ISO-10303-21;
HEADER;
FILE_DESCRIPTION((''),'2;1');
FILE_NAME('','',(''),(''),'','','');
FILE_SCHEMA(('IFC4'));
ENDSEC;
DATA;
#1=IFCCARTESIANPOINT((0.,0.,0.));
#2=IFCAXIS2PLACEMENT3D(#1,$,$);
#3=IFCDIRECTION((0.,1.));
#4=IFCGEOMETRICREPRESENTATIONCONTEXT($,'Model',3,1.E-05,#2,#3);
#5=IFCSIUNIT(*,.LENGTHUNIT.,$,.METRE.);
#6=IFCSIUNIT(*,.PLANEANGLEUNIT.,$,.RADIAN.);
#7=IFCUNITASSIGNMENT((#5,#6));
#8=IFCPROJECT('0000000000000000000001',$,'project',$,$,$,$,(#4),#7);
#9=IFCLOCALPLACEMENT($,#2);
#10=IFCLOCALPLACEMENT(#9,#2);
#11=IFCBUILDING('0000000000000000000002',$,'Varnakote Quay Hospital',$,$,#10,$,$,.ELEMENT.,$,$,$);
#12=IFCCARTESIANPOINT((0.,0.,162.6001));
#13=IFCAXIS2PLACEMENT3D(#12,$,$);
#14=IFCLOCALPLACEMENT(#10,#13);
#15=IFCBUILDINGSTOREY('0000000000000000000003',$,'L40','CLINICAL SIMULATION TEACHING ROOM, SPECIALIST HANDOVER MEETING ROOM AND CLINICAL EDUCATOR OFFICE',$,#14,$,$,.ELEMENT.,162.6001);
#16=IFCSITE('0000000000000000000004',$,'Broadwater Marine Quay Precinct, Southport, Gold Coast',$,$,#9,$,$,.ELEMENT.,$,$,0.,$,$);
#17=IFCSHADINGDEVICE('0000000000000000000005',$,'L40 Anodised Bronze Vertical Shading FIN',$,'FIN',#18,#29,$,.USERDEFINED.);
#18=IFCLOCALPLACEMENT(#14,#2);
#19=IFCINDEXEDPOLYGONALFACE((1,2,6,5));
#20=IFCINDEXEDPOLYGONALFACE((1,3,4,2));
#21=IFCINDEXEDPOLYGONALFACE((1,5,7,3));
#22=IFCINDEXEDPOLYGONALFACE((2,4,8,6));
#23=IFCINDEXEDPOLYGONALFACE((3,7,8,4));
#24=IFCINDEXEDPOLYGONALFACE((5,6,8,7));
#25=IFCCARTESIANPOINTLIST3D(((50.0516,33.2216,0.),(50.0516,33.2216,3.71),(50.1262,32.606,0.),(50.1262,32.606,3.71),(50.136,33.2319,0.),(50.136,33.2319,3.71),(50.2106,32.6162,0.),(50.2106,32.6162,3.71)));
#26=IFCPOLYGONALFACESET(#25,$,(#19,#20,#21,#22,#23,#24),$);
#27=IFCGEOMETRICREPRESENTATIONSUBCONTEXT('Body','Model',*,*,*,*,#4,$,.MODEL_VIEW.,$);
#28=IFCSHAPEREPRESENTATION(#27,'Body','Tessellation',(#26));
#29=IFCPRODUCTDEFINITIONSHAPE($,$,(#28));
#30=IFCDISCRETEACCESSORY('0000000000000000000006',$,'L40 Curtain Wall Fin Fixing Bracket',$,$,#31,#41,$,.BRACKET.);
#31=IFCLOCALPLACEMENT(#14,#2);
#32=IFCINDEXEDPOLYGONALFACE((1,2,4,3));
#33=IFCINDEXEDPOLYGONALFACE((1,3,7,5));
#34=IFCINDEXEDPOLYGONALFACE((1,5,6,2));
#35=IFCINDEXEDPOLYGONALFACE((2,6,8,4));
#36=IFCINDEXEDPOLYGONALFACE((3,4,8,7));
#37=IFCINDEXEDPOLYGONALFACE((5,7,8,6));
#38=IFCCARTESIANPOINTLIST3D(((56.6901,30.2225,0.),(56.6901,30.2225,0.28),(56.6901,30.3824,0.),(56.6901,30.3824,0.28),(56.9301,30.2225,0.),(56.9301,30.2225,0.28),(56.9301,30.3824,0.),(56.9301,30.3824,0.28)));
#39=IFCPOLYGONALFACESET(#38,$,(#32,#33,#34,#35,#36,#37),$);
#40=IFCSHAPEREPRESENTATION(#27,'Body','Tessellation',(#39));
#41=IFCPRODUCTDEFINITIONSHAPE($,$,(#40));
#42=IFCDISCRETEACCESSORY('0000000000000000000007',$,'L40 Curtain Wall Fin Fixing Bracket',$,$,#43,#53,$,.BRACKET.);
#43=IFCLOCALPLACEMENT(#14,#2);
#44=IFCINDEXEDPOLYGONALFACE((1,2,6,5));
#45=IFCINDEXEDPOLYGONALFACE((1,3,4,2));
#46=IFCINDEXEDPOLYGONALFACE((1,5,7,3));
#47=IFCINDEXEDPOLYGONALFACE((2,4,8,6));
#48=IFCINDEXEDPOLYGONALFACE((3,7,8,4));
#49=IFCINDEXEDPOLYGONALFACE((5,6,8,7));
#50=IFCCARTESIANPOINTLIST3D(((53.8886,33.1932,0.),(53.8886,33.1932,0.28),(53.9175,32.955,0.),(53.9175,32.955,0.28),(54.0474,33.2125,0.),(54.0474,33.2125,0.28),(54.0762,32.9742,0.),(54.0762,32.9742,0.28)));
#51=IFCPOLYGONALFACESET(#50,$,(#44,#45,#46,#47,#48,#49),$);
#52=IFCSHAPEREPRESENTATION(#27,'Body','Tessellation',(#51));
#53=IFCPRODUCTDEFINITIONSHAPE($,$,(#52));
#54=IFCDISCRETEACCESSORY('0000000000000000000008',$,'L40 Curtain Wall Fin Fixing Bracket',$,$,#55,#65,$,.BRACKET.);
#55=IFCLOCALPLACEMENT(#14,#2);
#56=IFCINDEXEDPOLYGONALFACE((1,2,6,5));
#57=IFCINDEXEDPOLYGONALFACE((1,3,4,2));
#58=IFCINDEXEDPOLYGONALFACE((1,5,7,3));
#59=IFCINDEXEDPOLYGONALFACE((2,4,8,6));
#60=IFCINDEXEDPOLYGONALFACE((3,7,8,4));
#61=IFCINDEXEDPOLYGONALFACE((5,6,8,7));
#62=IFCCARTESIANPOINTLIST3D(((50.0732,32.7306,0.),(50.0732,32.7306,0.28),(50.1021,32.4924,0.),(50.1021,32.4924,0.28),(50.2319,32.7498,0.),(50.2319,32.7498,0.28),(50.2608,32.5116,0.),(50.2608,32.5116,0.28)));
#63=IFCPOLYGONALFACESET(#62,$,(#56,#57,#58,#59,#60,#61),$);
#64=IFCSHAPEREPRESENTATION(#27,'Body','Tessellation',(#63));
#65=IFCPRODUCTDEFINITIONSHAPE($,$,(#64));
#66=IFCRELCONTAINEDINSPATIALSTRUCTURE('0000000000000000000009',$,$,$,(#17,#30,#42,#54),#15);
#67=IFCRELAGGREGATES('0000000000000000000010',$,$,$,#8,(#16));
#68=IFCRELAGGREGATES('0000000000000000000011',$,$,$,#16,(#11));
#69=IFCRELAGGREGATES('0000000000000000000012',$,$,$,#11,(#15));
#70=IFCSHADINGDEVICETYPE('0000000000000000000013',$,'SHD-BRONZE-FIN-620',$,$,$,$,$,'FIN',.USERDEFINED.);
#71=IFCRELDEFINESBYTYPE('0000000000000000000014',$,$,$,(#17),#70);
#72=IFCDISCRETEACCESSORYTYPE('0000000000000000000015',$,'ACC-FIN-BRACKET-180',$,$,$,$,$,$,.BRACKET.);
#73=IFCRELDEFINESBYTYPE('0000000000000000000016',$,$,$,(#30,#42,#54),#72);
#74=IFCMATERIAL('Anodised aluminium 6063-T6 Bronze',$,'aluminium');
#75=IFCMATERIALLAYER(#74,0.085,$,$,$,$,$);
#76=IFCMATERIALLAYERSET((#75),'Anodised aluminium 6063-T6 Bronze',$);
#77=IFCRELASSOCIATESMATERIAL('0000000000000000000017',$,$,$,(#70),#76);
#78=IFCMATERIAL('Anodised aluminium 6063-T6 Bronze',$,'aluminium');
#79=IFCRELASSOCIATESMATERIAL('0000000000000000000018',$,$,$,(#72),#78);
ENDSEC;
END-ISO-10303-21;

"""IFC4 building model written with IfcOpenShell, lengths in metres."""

from ifc_helpers import new_model, si_unit, direction, frame, origin, origin_2d, place, context, subcontext, project, spatial, rectangle, extrude, material, layer, layer_set, type_object, element, save


model = new_model("IFC4")

# Units and contexts
model_context = context("Model", 3, precision=1e-05, world=origin(), true_north=direction((0.0, 1.0)))
body_context = subcontext(model_context, "Body", "Model", "MODEL_VIEW")
ifc_project = project(units=[si_unit("LENGTHUNIT", "METRE"), si_unit("PLANEANGLEUNIT", "RADIAN")], contexts=[model_context])

# Site, building, storey
site_placement = place(None, origin())
site = spatial("IfcSite", under=ifc_project, at=site_placement, Name="Broadwater Marine Quay Precinct, Southport, Gold Coast", CompositionType="ELEMENT", RefElevation=0.0)
building_placement = place(site_placement, origin())
building = spatial("IfcBuilding", under=site, at=building_placement, Name="Varnakote Quay Hospital", CompositionType="ELEMENT")
storey_placement = place(building_placement, frame((0.0, 0.0, 162.6001)))
storey = spatial("IfcBuildingStorey", under=building, at=storey_placement, Name="L40", Description="CLINICAL SIMULATION TEACHING ROOM, SPECIALIST HANDOVER MEETING ROOM AND CLINICAL EDUCATOR OFFICE", CompositionType="ELEMENT", Elevation=162.6001)

# Shading device
ifc_material_1 = material(Name="Anodised aluminium 6063-T6 Bronze", Category="aluminium")
ifc_layer_1 = layer(ifc_material_1, 0.085)
ifc_layer_set_1 = layer_set([ifc_layer_1], Name="Anodised aluminium 6063-T6 Bronze")
shading_device_type = type_object("IfcShadingDeviceType", Name="SHD-BRONZE-FIN-620", ElementType="FIN", PredefinedType="USERDEFINED", material=ifc_layer_set_1)
for number, where, z_axis, x_axis, name in (
    (1, (50.1311, 32.9189, 0.0), (0.0, 0.0, 1.0), (0.12031, -0.992736, 0.0), "L40 Anodised Bronze Vertical Shading FIN"),
):
    element("IfcShadingDevice", number, at=place(storey_placement, frame(where, z_axis=z_axis, x_axis=x_axis)), inside=storey, type_object=shading_device_type, Name=name, ObjectType="FIN", PredefinedType="USERDEFINED", context=body_context, shape_type="SweptSolid", body=[
        extrude(rectangle(XDim=0.6201, YDim=0.085, at=origin_2d()), origin(), (0.0, 0.0, 1.0), 3.71),
    ])

# Discrete accessories
ifc_material_2 = material(Name="Anodised aluminium 6063-T6 Bronze", Category="aluminium")
discrete_accessory_type = type_object("IfcDiscreteAccessoryType", Name="ACC-FIN-BRACKET-180", PredefinedType="BRACKET", material=ifc_material_2)
for number, where, z_axis, x_axis, name in (
    (2, (56.8101, 30.3025, 0.0), (0.0, 0.0, 1.0), (0.0, 1.0, 0.0), "L40 Curtain Wall Fin Fixing Bracket"),
    (3, (53.9824, 33.0837, 0.0), (0.0, 0.0, 1.0), (-0.992736, -0.12031, 0.0), "L40 Curtain Wall Fin Fixing Bracket"),
    (4, (50.167, 32.6211, 0.0), (0.0, 0.0, 1.0), (-0.992736, -0.12031, 0.0), "L40 Curtain Wall Fin Fixing Bracket"),
):
    element("IfcDiscreteAccessory", number, at=place(storey_placement, frame(where, z_axis=z_axis, x_axis=x_axis)), inside=storey, type_object=discrete_accessory_type, Name=name, PredefinedType="BRACKET", context=body_context, shape_type="SweptSolid", body=[
        extrude(rectangle(XDim=0.1599, YDim=0.24, at=origin_2d()), origin(), (0.0, 0.0, 1.0), 0.28),
    ])

save(model, "model.ifc")
